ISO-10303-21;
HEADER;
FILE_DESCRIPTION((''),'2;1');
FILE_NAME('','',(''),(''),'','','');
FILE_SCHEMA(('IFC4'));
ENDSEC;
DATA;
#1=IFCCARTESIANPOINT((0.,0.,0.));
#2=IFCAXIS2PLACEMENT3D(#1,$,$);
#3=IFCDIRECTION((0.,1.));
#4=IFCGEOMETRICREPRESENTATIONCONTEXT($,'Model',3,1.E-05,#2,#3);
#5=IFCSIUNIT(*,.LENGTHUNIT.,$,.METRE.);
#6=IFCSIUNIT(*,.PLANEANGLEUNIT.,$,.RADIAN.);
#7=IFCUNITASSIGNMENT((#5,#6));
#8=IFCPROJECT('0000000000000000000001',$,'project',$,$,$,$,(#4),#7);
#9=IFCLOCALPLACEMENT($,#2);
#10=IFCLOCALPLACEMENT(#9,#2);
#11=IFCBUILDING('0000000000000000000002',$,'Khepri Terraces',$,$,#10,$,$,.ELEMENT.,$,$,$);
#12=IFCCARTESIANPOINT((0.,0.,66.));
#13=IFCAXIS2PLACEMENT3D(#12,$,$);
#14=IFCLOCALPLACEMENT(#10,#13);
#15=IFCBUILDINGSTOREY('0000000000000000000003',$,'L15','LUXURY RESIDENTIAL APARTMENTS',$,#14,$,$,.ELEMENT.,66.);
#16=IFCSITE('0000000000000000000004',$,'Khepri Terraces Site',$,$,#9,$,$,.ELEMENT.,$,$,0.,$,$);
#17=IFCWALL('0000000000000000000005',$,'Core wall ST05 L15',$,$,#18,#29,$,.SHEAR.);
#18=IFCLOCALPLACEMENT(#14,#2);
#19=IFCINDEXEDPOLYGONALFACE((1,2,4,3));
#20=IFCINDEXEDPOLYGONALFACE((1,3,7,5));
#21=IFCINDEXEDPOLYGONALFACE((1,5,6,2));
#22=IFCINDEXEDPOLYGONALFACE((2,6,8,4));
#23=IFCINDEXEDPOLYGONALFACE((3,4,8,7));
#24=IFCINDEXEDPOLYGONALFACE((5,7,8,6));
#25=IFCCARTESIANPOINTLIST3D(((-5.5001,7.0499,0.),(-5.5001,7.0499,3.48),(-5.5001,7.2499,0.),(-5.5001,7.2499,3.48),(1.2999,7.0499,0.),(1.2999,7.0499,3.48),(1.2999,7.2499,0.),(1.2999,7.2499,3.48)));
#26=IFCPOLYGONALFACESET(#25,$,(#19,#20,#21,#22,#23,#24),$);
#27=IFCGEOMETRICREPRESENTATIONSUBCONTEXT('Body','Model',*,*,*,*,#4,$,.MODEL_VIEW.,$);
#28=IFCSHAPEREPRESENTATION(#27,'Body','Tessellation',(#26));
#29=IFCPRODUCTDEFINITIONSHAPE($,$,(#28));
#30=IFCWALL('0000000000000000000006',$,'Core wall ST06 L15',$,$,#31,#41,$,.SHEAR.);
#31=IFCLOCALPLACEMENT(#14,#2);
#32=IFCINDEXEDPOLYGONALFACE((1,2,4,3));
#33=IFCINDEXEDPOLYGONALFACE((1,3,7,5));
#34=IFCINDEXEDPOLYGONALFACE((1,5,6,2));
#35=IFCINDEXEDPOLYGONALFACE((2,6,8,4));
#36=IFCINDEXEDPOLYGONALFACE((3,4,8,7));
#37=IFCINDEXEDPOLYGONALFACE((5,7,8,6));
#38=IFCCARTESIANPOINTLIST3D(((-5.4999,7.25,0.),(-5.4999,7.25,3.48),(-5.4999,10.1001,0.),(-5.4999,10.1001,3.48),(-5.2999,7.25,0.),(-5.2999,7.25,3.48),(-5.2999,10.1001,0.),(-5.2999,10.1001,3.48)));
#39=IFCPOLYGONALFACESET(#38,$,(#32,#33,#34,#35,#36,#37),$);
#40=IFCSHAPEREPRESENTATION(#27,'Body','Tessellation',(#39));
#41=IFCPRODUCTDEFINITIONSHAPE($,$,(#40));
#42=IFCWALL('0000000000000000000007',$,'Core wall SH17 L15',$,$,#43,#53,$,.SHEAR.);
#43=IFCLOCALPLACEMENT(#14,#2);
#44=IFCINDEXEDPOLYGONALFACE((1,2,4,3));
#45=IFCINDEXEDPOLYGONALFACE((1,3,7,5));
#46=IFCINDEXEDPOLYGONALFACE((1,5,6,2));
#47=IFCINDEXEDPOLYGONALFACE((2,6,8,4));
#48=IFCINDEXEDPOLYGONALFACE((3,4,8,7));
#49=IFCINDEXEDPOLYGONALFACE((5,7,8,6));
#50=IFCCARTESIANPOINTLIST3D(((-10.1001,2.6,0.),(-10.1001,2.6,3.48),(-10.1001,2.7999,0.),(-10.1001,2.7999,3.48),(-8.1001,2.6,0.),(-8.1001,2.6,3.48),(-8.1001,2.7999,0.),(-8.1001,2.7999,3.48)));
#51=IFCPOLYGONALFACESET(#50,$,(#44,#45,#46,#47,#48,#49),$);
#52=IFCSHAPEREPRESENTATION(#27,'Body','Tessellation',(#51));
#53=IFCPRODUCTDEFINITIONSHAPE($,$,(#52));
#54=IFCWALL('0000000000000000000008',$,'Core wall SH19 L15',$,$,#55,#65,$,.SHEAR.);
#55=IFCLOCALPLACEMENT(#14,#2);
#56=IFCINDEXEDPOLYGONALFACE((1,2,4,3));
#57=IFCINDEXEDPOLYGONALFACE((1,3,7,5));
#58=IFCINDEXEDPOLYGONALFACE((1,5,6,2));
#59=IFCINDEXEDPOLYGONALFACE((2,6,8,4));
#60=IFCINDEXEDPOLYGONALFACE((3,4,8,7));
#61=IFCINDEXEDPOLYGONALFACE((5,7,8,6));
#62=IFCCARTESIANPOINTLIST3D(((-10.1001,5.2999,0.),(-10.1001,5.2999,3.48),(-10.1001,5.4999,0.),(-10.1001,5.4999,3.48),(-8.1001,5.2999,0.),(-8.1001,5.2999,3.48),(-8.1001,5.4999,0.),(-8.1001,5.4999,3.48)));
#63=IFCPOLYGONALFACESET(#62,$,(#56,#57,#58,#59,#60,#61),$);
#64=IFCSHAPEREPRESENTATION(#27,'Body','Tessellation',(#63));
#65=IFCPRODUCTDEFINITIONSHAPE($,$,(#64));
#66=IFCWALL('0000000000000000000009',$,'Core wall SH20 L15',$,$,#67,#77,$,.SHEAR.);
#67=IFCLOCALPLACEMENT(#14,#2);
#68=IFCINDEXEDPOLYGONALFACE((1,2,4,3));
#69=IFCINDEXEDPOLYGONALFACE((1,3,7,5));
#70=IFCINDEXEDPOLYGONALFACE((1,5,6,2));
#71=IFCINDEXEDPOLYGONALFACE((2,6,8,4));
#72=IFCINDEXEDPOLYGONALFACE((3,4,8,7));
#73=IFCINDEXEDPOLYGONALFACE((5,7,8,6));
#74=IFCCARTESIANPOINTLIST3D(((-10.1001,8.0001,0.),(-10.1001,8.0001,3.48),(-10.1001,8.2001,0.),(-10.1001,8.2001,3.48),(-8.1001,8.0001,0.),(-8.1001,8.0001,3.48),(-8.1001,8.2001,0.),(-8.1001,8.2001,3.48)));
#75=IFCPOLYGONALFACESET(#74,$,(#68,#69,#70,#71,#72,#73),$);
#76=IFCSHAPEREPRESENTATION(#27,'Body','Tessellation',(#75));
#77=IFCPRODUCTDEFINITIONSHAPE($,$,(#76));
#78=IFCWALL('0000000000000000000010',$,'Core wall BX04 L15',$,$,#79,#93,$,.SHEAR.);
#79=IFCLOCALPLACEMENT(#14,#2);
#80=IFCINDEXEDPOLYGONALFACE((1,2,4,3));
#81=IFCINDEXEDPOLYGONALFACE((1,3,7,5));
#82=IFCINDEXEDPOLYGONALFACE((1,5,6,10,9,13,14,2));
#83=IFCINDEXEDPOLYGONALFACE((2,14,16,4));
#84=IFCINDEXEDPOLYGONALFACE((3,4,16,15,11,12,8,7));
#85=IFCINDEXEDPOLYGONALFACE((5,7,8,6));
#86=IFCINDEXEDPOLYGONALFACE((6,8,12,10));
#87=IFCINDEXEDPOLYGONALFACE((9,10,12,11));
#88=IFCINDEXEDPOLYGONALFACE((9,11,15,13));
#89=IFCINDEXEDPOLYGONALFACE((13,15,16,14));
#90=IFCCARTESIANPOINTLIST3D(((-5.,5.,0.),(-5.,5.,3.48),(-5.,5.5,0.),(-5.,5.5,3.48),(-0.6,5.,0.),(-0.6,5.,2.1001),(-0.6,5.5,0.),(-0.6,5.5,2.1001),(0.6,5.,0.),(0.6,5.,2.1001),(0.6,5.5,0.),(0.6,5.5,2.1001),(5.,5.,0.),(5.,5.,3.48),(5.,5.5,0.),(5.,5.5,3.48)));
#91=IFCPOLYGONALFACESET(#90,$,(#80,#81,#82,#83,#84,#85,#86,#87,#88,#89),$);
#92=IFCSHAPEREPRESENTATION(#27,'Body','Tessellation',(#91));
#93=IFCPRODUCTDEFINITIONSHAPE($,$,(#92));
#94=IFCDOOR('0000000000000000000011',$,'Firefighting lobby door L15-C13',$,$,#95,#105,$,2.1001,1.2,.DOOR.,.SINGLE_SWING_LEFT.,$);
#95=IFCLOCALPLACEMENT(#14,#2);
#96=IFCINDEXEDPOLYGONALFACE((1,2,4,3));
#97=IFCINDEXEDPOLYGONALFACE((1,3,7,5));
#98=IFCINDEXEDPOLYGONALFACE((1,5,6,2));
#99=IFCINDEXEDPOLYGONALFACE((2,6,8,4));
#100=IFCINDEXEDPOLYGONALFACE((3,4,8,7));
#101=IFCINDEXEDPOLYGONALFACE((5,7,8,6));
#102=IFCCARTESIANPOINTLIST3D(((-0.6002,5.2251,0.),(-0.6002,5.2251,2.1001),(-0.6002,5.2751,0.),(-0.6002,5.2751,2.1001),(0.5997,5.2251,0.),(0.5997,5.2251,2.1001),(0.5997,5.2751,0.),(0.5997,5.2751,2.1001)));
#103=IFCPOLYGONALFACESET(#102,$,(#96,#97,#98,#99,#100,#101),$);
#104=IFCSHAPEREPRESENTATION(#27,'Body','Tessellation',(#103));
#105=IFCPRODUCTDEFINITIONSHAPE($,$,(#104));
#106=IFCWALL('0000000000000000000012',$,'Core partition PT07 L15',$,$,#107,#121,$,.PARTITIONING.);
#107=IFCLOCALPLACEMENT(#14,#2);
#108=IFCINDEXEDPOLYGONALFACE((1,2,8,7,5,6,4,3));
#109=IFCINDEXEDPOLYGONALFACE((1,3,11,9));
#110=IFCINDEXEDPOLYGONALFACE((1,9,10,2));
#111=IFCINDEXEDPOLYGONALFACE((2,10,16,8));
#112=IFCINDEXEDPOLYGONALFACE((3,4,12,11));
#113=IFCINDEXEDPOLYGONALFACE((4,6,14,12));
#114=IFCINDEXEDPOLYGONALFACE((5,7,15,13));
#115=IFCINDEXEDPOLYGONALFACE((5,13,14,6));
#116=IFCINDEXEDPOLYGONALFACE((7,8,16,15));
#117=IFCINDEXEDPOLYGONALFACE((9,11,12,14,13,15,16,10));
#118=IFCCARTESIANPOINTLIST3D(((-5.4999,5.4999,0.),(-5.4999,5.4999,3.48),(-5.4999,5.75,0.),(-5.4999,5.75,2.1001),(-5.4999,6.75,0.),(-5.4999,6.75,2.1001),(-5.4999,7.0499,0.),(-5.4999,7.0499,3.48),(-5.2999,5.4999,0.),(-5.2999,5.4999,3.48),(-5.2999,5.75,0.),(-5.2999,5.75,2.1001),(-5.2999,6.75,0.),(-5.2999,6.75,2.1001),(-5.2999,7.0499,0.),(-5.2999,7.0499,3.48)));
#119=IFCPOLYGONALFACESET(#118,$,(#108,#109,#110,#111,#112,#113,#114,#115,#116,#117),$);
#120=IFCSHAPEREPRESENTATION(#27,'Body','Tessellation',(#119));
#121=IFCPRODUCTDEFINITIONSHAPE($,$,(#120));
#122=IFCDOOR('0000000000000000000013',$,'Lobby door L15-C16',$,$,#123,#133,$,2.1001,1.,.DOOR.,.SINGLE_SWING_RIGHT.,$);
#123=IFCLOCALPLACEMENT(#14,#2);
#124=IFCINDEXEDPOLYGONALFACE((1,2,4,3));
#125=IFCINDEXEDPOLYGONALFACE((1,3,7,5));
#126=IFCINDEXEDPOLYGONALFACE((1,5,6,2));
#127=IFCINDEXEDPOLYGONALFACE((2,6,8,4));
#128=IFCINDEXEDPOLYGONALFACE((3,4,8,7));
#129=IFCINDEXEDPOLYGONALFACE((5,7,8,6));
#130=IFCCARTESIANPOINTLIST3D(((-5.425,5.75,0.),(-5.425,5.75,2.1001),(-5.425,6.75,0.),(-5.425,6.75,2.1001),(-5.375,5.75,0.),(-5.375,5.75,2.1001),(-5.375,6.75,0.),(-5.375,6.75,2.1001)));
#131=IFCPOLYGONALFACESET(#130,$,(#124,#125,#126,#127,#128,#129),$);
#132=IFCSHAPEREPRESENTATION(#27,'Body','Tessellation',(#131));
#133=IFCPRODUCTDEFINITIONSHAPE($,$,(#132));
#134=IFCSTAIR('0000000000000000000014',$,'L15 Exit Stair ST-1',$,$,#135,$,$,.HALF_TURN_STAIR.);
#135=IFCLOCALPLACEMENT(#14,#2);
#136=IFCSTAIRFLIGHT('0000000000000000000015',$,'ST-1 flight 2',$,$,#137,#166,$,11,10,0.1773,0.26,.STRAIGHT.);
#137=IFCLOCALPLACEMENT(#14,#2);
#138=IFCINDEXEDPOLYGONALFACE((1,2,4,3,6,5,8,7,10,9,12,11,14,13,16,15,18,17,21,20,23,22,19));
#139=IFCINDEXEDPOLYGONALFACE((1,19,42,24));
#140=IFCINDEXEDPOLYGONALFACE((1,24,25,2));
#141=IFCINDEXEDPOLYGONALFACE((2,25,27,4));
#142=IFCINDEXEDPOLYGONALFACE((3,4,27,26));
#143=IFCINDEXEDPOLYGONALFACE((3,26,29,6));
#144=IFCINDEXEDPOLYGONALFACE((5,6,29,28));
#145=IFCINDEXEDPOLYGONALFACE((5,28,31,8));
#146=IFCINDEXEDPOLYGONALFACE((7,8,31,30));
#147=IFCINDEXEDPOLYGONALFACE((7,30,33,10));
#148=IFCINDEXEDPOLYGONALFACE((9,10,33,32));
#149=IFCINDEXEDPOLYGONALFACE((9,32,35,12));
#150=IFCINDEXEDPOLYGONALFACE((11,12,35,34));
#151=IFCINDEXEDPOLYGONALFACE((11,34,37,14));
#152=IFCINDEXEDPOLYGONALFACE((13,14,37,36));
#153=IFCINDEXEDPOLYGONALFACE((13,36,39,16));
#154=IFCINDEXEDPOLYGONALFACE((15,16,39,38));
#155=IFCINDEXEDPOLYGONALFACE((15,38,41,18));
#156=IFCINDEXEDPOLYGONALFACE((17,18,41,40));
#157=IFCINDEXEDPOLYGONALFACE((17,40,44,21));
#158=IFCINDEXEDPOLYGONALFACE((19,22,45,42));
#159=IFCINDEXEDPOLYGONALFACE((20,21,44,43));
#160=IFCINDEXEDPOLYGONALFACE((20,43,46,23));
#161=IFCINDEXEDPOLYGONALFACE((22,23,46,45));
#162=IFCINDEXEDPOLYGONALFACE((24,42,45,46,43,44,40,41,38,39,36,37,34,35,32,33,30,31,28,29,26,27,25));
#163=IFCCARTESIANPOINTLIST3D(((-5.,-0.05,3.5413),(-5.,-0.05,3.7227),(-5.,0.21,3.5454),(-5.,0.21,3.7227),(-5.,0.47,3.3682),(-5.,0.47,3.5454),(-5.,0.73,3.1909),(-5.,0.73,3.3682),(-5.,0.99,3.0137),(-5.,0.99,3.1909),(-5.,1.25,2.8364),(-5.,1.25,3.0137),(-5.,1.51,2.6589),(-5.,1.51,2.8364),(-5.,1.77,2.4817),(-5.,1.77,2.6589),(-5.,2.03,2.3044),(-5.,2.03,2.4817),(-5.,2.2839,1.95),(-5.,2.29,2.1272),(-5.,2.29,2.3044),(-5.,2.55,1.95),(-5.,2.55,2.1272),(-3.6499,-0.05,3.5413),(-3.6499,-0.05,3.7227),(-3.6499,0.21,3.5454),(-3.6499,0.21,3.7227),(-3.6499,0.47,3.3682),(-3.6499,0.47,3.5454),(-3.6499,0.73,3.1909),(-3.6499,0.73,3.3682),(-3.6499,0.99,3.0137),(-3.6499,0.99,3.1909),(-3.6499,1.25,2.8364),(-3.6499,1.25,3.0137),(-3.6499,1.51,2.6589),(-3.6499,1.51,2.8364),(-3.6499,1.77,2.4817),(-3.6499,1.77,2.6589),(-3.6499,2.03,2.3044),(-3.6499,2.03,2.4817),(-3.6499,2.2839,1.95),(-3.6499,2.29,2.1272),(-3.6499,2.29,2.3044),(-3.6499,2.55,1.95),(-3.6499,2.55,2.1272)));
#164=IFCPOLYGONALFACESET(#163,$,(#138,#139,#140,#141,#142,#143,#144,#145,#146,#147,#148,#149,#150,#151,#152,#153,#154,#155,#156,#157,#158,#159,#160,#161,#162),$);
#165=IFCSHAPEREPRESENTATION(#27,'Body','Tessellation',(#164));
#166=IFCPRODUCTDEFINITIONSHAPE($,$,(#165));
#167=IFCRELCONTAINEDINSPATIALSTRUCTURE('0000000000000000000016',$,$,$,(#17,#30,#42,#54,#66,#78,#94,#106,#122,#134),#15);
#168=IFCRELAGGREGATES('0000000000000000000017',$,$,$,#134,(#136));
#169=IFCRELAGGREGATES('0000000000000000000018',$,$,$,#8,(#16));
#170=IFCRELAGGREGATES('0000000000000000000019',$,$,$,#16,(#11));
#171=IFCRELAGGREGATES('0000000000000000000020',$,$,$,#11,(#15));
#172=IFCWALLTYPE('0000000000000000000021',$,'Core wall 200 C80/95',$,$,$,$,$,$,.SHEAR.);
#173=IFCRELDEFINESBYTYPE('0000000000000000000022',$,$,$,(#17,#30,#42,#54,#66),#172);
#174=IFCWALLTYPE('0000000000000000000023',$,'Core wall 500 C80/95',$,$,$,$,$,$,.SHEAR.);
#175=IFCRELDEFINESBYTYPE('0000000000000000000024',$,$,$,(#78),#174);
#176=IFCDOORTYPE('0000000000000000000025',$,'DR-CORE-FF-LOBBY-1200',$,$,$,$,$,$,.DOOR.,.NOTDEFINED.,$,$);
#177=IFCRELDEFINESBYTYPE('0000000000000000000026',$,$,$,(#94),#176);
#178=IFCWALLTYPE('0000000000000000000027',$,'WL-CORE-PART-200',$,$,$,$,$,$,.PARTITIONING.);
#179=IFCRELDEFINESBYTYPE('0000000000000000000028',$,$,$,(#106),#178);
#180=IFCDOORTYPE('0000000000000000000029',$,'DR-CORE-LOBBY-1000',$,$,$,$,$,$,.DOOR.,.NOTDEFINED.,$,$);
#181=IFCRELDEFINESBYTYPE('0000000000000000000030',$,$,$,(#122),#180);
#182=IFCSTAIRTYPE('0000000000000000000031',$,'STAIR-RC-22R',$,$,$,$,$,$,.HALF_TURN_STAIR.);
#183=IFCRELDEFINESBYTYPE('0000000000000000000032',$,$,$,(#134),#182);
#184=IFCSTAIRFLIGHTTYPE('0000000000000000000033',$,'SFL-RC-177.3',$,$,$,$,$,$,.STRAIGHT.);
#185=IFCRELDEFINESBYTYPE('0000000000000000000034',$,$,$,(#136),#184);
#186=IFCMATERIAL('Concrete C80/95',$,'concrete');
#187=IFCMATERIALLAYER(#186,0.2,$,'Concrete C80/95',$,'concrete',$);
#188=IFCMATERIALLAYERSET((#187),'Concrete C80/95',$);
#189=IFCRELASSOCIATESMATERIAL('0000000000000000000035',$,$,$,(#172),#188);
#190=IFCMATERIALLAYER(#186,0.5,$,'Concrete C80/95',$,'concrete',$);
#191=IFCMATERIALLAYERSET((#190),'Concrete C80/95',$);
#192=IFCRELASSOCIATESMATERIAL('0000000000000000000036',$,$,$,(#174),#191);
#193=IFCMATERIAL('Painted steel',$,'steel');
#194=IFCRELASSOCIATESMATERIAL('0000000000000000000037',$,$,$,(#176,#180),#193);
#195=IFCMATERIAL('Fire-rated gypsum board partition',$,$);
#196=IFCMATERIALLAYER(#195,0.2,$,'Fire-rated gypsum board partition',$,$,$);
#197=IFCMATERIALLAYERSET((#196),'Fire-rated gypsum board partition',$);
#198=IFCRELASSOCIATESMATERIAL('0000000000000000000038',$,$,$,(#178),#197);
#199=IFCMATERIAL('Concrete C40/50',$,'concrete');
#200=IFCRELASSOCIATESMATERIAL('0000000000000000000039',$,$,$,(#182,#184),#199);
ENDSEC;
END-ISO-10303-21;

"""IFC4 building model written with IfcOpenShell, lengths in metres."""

from ifc_helpers import new_model, si_unit, direction, frame, frame_2d, origin, place, context, subcontext, project, spatial, polyline, rectangle, outline, extrude, material, layer, layer_set, type_object, element, fill, aggregate, save


model = new_model("IFC4")

# Units and contexts
model_context = context("Model", 3, precision=1e-05, world=origin(), true_north=direction((0.0, 1.0)))
body_context = subcontext(model_context, "Body", "Model", "MODEL_VIEW")
ifc_project = project(units=[si_unit("LENGTHUNIT", "METRE"), si_unit("PLANEANGLEUNIT", "RADIAN")], contexts=[model_context])

# Site, building, storey
site_placement = place(None, origin())
site = spatial("IfcSite", under=ifc_project, at=site_placement, Name="Khepri Terraces Site", CompositionType="ELEMENT", RefElevation=0.0)
building_placement = place(site_placement, origin())
building = spatial("IfcBuilding", under=site, at=building_placement, Name="Khepri Terraces", CompositionType="ELEMENT")
storey_placement = place(building_placement, frame((0.0, 0.0, 66.0)))
storey = spatial("IfcBuildingStorey", under=building, at=storey_placement, Name="L15", Description="LUXURY RESIDENTIAL APARTMENTS", CompositionType="ELEMENT", Elevation=66.0)

# Walls
ifc_material_1 = material(Name="Concrete C80/95", Category="concrete")
ifc_layer_1 = layer(ifc_material_1, 0.2, Name="Concrete C80/95", Category="concrete")
ifc_layer_set_1 = layer_set([ifc_layer_1], Name="Concrete C80/95")
wall_type_1 = type_object("IfcWallType", Name="Core wall 200 C80/95", PredefinedType="SHEAR", material=ifc_layer_set_1)
wall_1_placement = place(storey_placement, frame((-5.5, 7.1499, 0.0), z_axis=(0.0, 0.0, 1.0), x_axis=(1.0, 0.0, 0.0)))
element("IfcWall", 1, at=wall_1_placement, inside=storey, type_object=wall_type_1, Name="Core wall ST05 L15", PredefinedType="SHEAR", context=body_context, shape_type="SweptSolid", body=[
    extrude(rectangle(XDim=6.8, YDim=0.2, at=frame_2d((3.3999, 0.0))), origin(), (0.0, 0.0, 1.0), 3.48),
])
wall_2_placement = place(storey_placement, frame((-5.3999, 7.25, 0.0), z_axis=(0.0, 0.0, 1.0), x_axis=(0.0, 1.0, 0.0)))
element("IfcWall", 2, at=wall_2_placement, inside=storey, type_object=wall_type_1, Name="Core wall ST06 L15", PredefinedType="SHEAR", context=body_context, shape_type="SweptSolid", body=[
    extrude(rectangle(XDim=2.8501, YDim=0.2, at=frame_2d((1.425, 0.0))), origin(), (0.0, 0.0, 1.0), 3.48),
])
for number, where, z_axis, x_axis, name in (
    (3, (-10.1001, 2.7, 0.0), (0.0, 0.0, 1.0), (1.0, 0.0, 0.0), "Core wall SH17 L15"),
    (4, (-10.1001, 5.3999, 0.0), (0.0, 0.0, 1.0), (1.0, 0.0, 0.0), "Core wall SH19 L15"),
    (5, (-10.1001, 8.1001, 0.0), (0.0, 0.0, 1.0), (1.0, 0.0, 0.0), "Core wall SH20 L15"),
):
    element("IfcWall", number, at=place(storey_placement, frame(where, z_axis=z_axis, x_axis=x_axis)), inside=storey, type_object=wall_type_1, Name=name, PredefinedType="SHEAR", context=body_context, shape_type="SweptSolid", body=[
        extrude(rectangle(XDim=2.0, YDim=0.2, at=frame_2d((1.0, 0.0))), origin(), (0.0, 0.0, 1.0), 3.48),
    ])

# Walls, openings, doors
ifc_layer_2 = layer(ifc_material_1, 0.5, Name="Concrete C80/95", Category="concrete")
ifc_layer_set_2 = layer_set([ifc_layer_2], Name="Concrete C80/95")
wall_type_2 = type_object("IfcWallType", Name="Core wall 500 C80/95", PredefinedType="SHEAR", material=ifc_layer_set_2)
wall_3_placement = place(storey_placement, frame((-5.0, 5.25, 0.0), z_axis=(0.0, 0.0, 1.0), x_axis=(1.0, 0.0, 0.0)))
wall_3 = element("IfcWall", 6, at=wall_3_placement, inside=storey, type_object=wall_type_2, Name="Core wall BX04 L15", PredefinedType="SHEAR", context=body_context, shape_type="SweptSolid", body=[
    extrude(rectangle(XDim=10.0, YDim=0.5, at=frame_2d((5.0, 0.0))), origin(), (0.0, 0.0, 1.0), 3.48),
])
opening_1_placement = place(wall_3_placement, frame((4.3999, 0.0, 0.0)))
opening_1 = element("IfcOpeningElement", 7, at=opening_1_placement, cuts=wall_3, PredefinedType="OPENING", context=body_context, shape_type="SweptSolid", body=[
    extrude(rectangle(XDim=1.2, YDim=2.1001, at=frame_2d((0.6001, 1.05))), frame((0.0, 0.26, 0.0), z_axis=(0.0, -1.0, 0.0), x_axis=(1.0, 0.0, 0.0)), (0.0, 0.0, 1.0), 0.52),
])
ifc_material_2 = material(Name="Painted steel", Category="steel")
door_type_1 = type_object("IfcDoorType", Name="DR-CORE-FF-LOBBY-1200", OperationType="NOTDEFINED", PredefinedType="DOOR", material=ifc_material_2)
door_1_placement = place(opening_1_placement, frame((1.2, 0.0, 0.0), z_axis=(0.0, 0.0, 1.0), x_axis=(-1.0, 0.0, 0.0)))
door_1 = element("IfcDoor", 8, at=door_1_placement, inside=storey, type_object=door_type_1, Name="Firefighting lobby door L15-C13", OperationType="SINGLE_SWING_LEFT", OverallHeight=2.1001, OverallWidth=1.2, PredefinedType="DOOR", context=body_context, shape_type="SweptSolid", body=[
    extrude(rectangle(XDim=1.2, YDim=2.1001, at=frame_2d((0.6001, 1.05))), frame((0.0, 0.0249, 0.0), z_axis=(0.0, -1.0, 0.0), x_axis=(1.0, 0.0, 0.0)), (0.0, 0.0, 1.0), 0.05),
])
fill(opening_1, door_1)
ifc_material_3 = material(Name="Fire-rated gypsum board partition")
ifc_layer_3 = layer(ifc_material_3, 0.2, Name="Fire-rated gypsum board partition")
ifc_layer_set_3 = layer_set([ifc_layer_3], Name="Fire-rated gypsum board partition")
wall_type_3 = type_object("IfcWallType", Name="WL-CORE-PART-200", PredefinedType="PARTITIONING", material=ifc_layer_set_3)
wall_4_placement = place(storey_placement, frame((-5.3999, 5.5, 0.0), z_axis=(0.0, 0.0, 1.0), x_axis=(0.0, 1.0, 0.0)))
wall_4 = element("IfcWall", 9, at=wall_4_placement, inside=storey, type_object=wall_type_3, Name="Core partition PT07 L15", PredefinedType="PARTITIONING", context=body_context, shape_type="SweptSolid", body=[
    extrude(rectangle(XDim=1.55, YDim=0.2, at=frame_2d((0.7749, 0.0))), origin(), (0.0, 0.0, 1.0), 3.48),
])
opening_2_placement = place(wall_4_placement, frame((0.25, 0.0, 0.0)))
opening_2 = element("IfcOpeningElement", 10, at=opening_2_placement, cuts=wall_4, PredefinedType="OPENING", context=body_context, shape_type="SweptSolid", body=[
    extrude(rectangle(XDim=1.0, YDim=2.1001, at=frame_2d((0.5, 1.05))), frame((0.0, 0.1099, 0.0), z_axis=(0.0, -1.0, 0.0), x_axis=(1.0, 0.0, 0.0)), (0.0, 0.0, 1.0), 0.22),
])
door_type_2 = type_object("IfcDoorType", Name="DR-CORE-LOBBY-1000", OperationType="NOTDEFINED", PredefinedType="DOOR", material=ifc_material_2)
door_2_placement = place(opening_2_placement, frame((1.0, 0.0, 0.0), z_axis=(0.0, 0.0, 1.0), x_axis=(-1.0, 0.0, 0.0)))
door_2 = element("IfcDoor", 11, at=door_2_placement, inside=storey, type_object=door_type_2, Name="Lobby door L15-C16", OperationType="SINGLE_SWING_RIGHT", OverallHeight=2.1001, OverallWidth=1.0, PredefinedType="DOOR", context=body_context, shape_type="SweptSolid", body=[
    extrude(rectangle(XDim=1.0, YDim=2.1001, at=frame_2d((0.5, 1.05))), frame((0.0, 0.0249, 0.0), z_axis=(0.0, -1.0, 0.0), x_axis=(1.0, 0.0, 0.0)), (0.0, 0.0, 1.0), 0.05),
])
fill(opening_2, door_2)

# Stair, stair flight
ifc_material_4 = material(Name="Concrete C40/50", Category="concrete")
stair_type = type_object("IfcStairType", Name="STAIR-RC-22R", PredefinedType="HALF_TURN_STAIR", material=ifc_material_4)
stair_1_placement = place(storey_placement, origin())
stair_1 = element("IfcStair", 12, at=stair_1_placement, inside=storey, type_object=stair_type, Name="L15 Exit Stair ST-1", PredefinedType="HALF_TURN_STAIR")
stair_flight_type = type_object("IfcStairFlightType", Name="SFL-RC-177.3", PredefinedType="STRAIGHT", material=ifc_material_4)
stair_flight_1_placement = place(storey_placement, frame((-4.325, 2.55, 1.95), z_axis=(0.0, 0.0, 1.0), x_axis=(0.0, -1.0, 0.0)))
stair_flight_1 = element("IfcStairFlight", 13, at=stair_flight_1_placement, type_object=stair_flight_type, Name="ST-1 flight 2", NumberOfRisers=11, NumberOfTreads=10, PredefinedType="STRAIGHT", RiserHeight=0.1773, TreadLength=0.26, context=body_context, shape_type="SweptSolid", body=[
    extrude(outline(polyline([(0.0, 0.0), (0.0, 0.1772), (0.26, 0.1772), (0.26, 0.3545), (0.52, 0.3545), (0.52, 0.5317), (0.78, 0.5317), (0.78, 0.709), (1.04, 0.709), (1.04, 0.8865), (1.3, 0.8865), (1.3, 1.0637), (1.5601, 1.0637), (1.5601, 1.241), (1.8201, 1.241), (1.8201, 1.4182), (2.0801, 1.4182), (2.0801, 1.5955), (2.3401, 1.5955), (2.3401, 1.7727), (2.6001, 1.7727), (2.6001, 1.95), (2.6001, 1.5913), (0.2661, 0.0), (0.0, 0.0)])), frame((0.0, 0.675, 0.0), z_axis=(0.0, -1.0, 0.0), x_axis=(1.0, 0.0, 0.0)), (0.0, 0.0, 1.0), 1.3501),
])
aggregate(stair_1, [stair_flight_1])

save(model, "model.ifc")
